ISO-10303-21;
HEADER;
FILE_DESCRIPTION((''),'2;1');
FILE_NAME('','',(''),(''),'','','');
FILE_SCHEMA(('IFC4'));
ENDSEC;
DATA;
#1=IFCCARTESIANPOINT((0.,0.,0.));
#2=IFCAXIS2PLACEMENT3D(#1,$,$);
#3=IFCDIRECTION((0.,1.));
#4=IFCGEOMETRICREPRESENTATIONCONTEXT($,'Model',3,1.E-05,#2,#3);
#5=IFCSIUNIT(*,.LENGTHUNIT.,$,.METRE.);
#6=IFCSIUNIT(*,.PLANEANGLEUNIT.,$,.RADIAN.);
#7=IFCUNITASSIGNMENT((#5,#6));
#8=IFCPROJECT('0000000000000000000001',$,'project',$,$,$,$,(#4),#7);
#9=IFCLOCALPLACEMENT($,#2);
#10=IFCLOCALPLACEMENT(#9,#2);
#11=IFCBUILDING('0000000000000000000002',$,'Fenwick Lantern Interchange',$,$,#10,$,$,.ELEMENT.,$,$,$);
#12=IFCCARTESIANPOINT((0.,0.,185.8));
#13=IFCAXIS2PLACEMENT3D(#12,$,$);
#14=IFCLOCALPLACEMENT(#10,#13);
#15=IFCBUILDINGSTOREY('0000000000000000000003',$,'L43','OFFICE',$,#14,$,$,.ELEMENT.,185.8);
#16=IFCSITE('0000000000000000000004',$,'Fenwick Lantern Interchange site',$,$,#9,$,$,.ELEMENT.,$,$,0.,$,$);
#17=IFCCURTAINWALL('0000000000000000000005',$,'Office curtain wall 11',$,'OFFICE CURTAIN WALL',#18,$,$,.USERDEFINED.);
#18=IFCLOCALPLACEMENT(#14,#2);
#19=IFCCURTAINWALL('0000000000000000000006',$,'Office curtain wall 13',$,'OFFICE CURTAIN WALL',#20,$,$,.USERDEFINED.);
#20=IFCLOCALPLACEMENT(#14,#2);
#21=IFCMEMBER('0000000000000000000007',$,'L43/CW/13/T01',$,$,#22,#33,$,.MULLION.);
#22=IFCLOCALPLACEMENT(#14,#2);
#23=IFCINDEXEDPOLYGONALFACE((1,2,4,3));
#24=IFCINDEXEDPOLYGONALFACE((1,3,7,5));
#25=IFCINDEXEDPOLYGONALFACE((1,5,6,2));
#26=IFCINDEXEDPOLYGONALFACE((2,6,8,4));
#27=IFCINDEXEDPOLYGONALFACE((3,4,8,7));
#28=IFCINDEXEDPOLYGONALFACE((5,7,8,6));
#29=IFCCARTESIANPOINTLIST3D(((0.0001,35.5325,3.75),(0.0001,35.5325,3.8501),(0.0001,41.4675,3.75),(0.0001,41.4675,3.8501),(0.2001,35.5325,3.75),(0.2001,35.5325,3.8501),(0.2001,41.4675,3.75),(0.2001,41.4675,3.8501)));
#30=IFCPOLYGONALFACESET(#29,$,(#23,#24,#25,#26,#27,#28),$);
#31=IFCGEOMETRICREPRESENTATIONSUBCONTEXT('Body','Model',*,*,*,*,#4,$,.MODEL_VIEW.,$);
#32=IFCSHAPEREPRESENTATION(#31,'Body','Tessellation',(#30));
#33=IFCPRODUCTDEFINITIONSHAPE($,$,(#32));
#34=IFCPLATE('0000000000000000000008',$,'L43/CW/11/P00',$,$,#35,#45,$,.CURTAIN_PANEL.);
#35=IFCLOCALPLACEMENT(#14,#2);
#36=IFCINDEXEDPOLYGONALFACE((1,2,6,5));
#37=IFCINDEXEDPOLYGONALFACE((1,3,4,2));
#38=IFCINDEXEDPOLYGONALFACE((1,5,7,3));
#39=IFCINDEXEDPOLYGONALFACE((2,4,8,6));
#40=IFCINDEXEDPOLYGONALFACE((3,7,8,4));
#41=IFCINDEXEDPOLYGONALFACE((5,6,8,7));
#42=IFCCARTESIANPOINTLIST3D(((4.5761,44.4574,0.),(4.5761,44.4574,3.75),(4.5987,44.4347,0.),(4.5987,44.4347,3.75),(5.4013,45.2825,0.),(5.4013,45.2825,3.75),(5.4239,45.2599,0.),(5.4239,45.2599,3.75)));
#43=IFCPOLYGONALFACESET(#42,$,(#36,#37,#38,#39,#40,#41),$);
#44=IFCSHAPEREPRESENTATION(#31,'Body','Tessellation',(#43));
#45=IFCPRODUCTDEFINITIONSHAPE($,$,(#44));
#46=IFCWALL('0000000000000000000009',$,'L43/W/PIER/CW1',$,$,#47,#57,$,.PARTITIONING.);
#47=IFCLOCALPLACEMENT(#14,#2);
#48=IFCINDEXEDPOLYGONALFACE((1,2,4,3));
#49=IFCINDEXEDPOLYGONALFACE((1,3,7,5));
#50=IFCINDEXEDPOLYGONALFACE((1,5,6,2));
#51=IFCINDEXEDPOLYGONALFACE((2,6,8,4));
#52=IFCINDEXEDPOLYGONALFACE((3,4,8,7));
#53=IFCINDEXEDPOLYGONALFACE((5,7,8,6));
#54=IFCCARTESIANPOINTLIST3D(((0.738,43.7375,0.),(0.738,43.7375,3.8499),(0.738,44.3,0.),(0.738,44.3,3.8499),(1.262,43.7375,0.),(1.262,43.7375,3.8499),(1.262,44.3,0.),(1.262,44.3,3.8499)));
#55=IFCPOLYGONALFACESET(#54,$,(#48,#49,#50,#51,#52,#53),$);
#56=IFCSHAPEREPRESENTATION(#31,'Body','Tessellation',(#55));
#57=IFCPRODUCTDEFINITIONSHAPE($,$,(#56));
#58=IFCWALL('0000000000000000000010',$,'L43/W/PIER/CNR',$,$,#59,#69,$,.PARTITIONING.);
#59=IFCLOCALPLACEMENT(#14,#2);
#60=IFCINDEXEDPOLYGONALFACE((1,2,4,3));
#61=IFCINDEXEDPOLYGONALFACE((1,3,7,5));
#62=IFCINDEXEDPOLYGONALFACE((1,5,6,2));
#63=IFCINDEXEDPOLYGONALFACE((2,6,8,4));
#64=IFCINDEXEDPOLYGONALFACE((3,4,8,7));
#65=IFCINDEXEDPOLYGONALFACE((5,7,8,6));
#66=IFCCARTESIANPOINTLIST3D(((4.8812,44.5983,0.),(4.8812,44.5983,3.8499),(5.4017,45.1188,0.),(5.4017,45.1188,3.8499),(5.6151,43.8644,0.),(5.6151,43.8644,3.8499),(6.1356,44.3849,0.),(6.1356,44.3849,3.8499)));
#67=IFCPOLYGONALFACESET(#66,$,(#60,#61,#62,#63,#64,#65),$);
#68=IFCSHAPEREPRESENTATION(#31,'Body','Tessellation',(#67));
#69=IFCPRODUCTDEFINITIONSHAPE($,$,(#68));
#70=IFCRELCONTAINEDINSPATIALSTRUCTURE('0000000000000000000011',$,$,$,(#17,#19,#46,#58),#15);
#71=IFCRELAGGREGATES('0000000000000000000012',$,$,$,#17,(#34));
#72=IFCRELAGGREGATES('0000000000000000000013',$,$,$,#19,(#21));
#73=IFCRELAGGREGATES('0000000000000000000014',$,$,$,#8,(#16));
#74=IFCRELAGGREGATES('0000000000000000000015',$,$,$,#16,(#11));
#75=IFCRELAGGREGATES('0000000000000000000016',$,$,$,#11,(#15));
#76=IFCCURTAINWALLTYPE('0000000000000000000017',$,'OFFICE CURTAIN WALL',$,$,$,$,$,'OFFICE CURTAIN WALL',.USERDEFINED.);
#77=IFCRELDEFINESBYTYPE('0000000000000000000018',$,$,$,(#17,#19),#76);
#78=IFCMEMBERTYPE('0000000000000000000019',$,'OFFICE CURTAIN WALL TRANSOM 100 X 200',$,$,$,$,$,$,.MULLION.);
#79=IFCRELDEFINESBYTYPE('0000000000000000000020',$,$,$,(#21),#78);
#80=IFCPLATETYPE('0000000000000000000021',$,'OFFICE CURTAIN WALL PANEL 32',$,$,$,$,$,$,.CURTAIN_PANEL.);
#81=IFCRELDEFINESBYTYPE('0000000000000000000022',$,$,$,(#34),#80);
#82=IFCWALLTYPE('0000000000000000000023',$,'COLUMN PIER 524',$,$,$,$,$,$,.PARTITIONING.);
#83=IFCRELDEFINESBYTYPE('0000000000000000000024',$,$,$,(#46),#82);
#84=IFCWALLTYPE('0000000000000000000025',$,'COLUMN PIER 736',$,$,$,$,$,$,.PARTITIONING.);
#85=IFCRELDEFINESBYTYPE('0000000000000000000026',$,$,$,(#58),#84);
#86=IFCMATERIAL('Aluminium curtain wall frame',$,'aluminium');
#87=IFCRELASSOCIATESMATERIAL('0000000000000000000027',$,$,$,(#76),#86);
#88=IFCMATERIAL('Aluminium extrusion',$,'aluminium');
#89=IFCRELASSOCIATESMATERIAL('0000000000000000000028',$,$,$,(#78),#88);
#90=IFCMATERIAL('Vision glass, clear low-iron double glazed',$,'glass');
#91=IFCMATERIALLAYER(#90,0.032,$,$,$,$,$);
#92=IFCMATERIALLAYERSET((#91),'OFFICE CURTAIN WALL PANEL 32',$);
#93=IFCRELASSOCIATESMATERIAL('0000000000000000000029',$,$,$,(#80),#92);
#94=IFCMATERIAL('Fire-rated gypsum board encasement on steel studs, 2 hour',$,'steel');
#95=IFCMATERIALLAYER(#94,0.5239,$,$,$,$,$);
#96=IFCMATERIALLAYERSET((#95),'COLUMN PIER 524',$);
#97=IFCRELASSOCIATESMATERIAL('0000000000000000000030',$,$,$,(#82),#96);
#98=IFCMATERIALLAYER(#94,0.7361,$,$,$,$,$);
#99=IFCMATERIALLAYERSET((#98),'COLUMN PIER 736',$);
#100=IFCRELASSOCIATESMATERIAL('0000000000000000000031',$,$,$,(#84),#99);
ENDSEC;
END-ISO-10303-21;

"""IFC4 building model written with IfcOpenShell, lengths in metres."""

from ifc_helpers import new_model, si_unit, direction, frame, frame_2d, origin, origin_2d, place, context, subcontext, project, spatial, rectangle, extrude, material, layer, layer_set, material_profile, profile_set, type_object, element, aggregate, save


model = new_model("IFC4")

# Units and contexts
model_context = context("Model", 3, precision=1e-05, world=origin(), true_north=direction((0.0, 1.0)))
body_context = subcontext(model_context, "Body", "Model", "MODEL_VIEW")
ifc_project = project(units=[si_unit("LENGTHUNIT", "METRE"), si_unit("PLANEANGLEUNIT", "RADIAN")], contexts=[model_context])

# Site, building, storey
site_placement = place(None, origin())
site = spatial("IfcSite", under=ifc_project, at=site_placement, Name="Fenwick Lantern Interchange site", CompositionType="ELEMENT", RefElevation=0.0)
building_placement = place(site_placement, origin())
building = spatial("IfcBuilding", under=site, at=building_placement, Name="Fenwick Lantern Interchange", CompositionType="ELEMENT")
storey_placement = place(building_placement, frame((0.0, 0.0, 185.8)))
storey = spatial("IfcBuildingStorey", under=building, at=storey_placement, Name="L43", Description="OFFICE", CompositionType="ELEMENT", Elevation=185.8)

# Curtain walls
ifc_material_1 = material(Name="Aluminium curtain wall frame", Category="aluminium")
curtain_wall_type = type_object("IfcCurtainWallType", Name="OFFICE CURTAIN WALL", ElementType="OFFICE CURTAIN WALL", PredefinedType="USERDEFINED", material=ifc_material_1)
curtain_wall_1_placement = place(storey_placement, origin())
curtain_wall_1 = element("IfcCurtainWall", 1, at=curtain_wall_1_placement, inside=storey, type_object=curtain_wall_type, Name="Office curtain wall 11", ObjectType="OFFICE CURTAIN WALL", PredefinedType="USERDEFINED")
ifc_material_2 = material(Name="Aluminium extrusion", Category="aluminium")
curtain_wall_2_placement = place(storey_placement, origin())
curtain_wall_2 = element("IfcCurtainWall", 2, at=curtain_wall_2_placement, inside=storey, type_object=curtain_wall_type, Name="Office curtain wall 13", ObjectType="OFFICE CURTAIN WALL", PredefinedType="USERDEFINED")

# Member
ifc_material_profile_1 = material_profile(ifc_material_2, rectangle(XDim=0.2, YDim=0.1001, at=origin_2d()), Name="OFFICE CURTAIN WALL TRANSOM 100 X 200")
ifc_profile_set_1 = profile_set([ifc_material_profile_1], Name="Aluminium extrusion")
member_type_1 = type_object("IfcMemberType", Name="OFFICE CURTAIN WALL TRANSOM 100 X 200", PredefinedType="MULLION", material=ifc_profile_set_1)
member_1_placement = place(storey_placement, frame((0.1001, 41.4675, 3.8), z_axis=(0.0, -1.0, 0.0), x_axis=(1.0, 0.0, 0.0)))
member_1 = element("IfcMember", 3, at=member_1_placement, type_object=member_type_1, Name="L43/CW/13/T01", PredefinedType="MULLION", context=body_context, shape_type="SweptSolid", body=[
    extrude(rectangle(XDim=0.2, YDim=0.1001, at=origin_2d()), origin(), (0.0, 0.0, 1.0), 5.9351),
])

# Plate
ifc_material_3 = material(Name="Vision glass, clear low-iron double glazed", Category="glass")
ifc_layer_1 = layer(ifc_material_3, 0.032)
ifc_layer_set_1 = layer_set([ifc_layer_1], Name="OFFICE CURTAIN WALL PANEL 32")
plate_type = type_object("IfcPlateType", Name="OFFICE CURTAIN WALL PANEL 32", PredefinedType="CURTAIN_PANEL", material=ifc_layer_set_1)
plate_1_placement = place(storey_placement, frame((5.0, 44.8586, 0.0), z_axis=(0.0, 0.0, 1.0), x_axis=(-0.707107, -0.707107, 0.0)))
plate_1 = element("IfcPlate", 4, at=plate_1_placement, type_object=plate_type, Name="L43/CW/11/P00", PredefinedType="CURTAIN_PANEL", context=body_context, shape_type="SweptSolid", body=[
    extrude(rectangle(XDim=1.167, YDim=0.032, at=origin_2d()), origin(), (0.0, 0.0, 1.0), 3.75),
])
aggregate(curtain_wall_1, [plate_1])
aggregate(curtain_wall_2, [member_1])

# Walls
ifc_material_4 = material(Name="Fire-rated gypsum board encasement on steel studs, 2 hour", Category="steel")
ifc_layer_2 = layer(ifc_material_4, 0.5239)
ifc_layer_set_2 = layer_set([ifc_layer_2], Name="COLUMN PIER 524")
wall_type_1 = type_object("IfcWallType", Name="COLUMN PIER 524", PredefinedType="PARTITIONING", material=ifc_layer_set_2)
wall_1_placement = place(storey_placement, frame((1.0, 44.3, 0.0), z_axis=(0.0, 0.0, 1.0), x_axis=(0.0, -1.0, 0.0)))
element("IfcWall", 5, at=wall_1_placement, inside=storey, type_object=wall_type_1, Name="L43/W/PIER/CW1", PredefinedType="PARTITIONING", context=body_context, shape_type="SweptSolid", body=[
    extrude(rectangle(XDim=0.5625, YDim=0.5239, at=frame_2d((0.2812, 0.0))), origin(), (0.0, 0.0, 1.0), 3.8499),
])
ifc_layer_3 = layer(ifc_material_4, 0.7361)
ifc_layer_set_3 = layer_set([ifc_layer_3], Name="COLUMN PIER 736")
wall_type_2 = type_object("IfcWallType", Name="COLUMN PIER 736", PredefinedType="PARTITIONING", material=ifc_layer_set_3)
wall_2_placement = place(storey_placement, frame((5.1414, 44.8586, 0.0), z_axis=(0.0, 0.0, 1.0), x_axis=(0.707107, -0.707107, 0.0)))
element("IfcWall", 6, at=wall_2_placement, inside=storey, type_object=wall_type_2, Name="L43/W/PIER/CNR", PredefinedType="PARTITIONING", context=body_context, shape_type="SweptSolid", body=[
    extrude(rectangle(XDim=1.0378, YDim=0.7361, at=frame_2d((0.519, 0.0))), origin(), (0.0, 0.0, 1.0), 3.8499),
])

save(model, "model.ifc")
